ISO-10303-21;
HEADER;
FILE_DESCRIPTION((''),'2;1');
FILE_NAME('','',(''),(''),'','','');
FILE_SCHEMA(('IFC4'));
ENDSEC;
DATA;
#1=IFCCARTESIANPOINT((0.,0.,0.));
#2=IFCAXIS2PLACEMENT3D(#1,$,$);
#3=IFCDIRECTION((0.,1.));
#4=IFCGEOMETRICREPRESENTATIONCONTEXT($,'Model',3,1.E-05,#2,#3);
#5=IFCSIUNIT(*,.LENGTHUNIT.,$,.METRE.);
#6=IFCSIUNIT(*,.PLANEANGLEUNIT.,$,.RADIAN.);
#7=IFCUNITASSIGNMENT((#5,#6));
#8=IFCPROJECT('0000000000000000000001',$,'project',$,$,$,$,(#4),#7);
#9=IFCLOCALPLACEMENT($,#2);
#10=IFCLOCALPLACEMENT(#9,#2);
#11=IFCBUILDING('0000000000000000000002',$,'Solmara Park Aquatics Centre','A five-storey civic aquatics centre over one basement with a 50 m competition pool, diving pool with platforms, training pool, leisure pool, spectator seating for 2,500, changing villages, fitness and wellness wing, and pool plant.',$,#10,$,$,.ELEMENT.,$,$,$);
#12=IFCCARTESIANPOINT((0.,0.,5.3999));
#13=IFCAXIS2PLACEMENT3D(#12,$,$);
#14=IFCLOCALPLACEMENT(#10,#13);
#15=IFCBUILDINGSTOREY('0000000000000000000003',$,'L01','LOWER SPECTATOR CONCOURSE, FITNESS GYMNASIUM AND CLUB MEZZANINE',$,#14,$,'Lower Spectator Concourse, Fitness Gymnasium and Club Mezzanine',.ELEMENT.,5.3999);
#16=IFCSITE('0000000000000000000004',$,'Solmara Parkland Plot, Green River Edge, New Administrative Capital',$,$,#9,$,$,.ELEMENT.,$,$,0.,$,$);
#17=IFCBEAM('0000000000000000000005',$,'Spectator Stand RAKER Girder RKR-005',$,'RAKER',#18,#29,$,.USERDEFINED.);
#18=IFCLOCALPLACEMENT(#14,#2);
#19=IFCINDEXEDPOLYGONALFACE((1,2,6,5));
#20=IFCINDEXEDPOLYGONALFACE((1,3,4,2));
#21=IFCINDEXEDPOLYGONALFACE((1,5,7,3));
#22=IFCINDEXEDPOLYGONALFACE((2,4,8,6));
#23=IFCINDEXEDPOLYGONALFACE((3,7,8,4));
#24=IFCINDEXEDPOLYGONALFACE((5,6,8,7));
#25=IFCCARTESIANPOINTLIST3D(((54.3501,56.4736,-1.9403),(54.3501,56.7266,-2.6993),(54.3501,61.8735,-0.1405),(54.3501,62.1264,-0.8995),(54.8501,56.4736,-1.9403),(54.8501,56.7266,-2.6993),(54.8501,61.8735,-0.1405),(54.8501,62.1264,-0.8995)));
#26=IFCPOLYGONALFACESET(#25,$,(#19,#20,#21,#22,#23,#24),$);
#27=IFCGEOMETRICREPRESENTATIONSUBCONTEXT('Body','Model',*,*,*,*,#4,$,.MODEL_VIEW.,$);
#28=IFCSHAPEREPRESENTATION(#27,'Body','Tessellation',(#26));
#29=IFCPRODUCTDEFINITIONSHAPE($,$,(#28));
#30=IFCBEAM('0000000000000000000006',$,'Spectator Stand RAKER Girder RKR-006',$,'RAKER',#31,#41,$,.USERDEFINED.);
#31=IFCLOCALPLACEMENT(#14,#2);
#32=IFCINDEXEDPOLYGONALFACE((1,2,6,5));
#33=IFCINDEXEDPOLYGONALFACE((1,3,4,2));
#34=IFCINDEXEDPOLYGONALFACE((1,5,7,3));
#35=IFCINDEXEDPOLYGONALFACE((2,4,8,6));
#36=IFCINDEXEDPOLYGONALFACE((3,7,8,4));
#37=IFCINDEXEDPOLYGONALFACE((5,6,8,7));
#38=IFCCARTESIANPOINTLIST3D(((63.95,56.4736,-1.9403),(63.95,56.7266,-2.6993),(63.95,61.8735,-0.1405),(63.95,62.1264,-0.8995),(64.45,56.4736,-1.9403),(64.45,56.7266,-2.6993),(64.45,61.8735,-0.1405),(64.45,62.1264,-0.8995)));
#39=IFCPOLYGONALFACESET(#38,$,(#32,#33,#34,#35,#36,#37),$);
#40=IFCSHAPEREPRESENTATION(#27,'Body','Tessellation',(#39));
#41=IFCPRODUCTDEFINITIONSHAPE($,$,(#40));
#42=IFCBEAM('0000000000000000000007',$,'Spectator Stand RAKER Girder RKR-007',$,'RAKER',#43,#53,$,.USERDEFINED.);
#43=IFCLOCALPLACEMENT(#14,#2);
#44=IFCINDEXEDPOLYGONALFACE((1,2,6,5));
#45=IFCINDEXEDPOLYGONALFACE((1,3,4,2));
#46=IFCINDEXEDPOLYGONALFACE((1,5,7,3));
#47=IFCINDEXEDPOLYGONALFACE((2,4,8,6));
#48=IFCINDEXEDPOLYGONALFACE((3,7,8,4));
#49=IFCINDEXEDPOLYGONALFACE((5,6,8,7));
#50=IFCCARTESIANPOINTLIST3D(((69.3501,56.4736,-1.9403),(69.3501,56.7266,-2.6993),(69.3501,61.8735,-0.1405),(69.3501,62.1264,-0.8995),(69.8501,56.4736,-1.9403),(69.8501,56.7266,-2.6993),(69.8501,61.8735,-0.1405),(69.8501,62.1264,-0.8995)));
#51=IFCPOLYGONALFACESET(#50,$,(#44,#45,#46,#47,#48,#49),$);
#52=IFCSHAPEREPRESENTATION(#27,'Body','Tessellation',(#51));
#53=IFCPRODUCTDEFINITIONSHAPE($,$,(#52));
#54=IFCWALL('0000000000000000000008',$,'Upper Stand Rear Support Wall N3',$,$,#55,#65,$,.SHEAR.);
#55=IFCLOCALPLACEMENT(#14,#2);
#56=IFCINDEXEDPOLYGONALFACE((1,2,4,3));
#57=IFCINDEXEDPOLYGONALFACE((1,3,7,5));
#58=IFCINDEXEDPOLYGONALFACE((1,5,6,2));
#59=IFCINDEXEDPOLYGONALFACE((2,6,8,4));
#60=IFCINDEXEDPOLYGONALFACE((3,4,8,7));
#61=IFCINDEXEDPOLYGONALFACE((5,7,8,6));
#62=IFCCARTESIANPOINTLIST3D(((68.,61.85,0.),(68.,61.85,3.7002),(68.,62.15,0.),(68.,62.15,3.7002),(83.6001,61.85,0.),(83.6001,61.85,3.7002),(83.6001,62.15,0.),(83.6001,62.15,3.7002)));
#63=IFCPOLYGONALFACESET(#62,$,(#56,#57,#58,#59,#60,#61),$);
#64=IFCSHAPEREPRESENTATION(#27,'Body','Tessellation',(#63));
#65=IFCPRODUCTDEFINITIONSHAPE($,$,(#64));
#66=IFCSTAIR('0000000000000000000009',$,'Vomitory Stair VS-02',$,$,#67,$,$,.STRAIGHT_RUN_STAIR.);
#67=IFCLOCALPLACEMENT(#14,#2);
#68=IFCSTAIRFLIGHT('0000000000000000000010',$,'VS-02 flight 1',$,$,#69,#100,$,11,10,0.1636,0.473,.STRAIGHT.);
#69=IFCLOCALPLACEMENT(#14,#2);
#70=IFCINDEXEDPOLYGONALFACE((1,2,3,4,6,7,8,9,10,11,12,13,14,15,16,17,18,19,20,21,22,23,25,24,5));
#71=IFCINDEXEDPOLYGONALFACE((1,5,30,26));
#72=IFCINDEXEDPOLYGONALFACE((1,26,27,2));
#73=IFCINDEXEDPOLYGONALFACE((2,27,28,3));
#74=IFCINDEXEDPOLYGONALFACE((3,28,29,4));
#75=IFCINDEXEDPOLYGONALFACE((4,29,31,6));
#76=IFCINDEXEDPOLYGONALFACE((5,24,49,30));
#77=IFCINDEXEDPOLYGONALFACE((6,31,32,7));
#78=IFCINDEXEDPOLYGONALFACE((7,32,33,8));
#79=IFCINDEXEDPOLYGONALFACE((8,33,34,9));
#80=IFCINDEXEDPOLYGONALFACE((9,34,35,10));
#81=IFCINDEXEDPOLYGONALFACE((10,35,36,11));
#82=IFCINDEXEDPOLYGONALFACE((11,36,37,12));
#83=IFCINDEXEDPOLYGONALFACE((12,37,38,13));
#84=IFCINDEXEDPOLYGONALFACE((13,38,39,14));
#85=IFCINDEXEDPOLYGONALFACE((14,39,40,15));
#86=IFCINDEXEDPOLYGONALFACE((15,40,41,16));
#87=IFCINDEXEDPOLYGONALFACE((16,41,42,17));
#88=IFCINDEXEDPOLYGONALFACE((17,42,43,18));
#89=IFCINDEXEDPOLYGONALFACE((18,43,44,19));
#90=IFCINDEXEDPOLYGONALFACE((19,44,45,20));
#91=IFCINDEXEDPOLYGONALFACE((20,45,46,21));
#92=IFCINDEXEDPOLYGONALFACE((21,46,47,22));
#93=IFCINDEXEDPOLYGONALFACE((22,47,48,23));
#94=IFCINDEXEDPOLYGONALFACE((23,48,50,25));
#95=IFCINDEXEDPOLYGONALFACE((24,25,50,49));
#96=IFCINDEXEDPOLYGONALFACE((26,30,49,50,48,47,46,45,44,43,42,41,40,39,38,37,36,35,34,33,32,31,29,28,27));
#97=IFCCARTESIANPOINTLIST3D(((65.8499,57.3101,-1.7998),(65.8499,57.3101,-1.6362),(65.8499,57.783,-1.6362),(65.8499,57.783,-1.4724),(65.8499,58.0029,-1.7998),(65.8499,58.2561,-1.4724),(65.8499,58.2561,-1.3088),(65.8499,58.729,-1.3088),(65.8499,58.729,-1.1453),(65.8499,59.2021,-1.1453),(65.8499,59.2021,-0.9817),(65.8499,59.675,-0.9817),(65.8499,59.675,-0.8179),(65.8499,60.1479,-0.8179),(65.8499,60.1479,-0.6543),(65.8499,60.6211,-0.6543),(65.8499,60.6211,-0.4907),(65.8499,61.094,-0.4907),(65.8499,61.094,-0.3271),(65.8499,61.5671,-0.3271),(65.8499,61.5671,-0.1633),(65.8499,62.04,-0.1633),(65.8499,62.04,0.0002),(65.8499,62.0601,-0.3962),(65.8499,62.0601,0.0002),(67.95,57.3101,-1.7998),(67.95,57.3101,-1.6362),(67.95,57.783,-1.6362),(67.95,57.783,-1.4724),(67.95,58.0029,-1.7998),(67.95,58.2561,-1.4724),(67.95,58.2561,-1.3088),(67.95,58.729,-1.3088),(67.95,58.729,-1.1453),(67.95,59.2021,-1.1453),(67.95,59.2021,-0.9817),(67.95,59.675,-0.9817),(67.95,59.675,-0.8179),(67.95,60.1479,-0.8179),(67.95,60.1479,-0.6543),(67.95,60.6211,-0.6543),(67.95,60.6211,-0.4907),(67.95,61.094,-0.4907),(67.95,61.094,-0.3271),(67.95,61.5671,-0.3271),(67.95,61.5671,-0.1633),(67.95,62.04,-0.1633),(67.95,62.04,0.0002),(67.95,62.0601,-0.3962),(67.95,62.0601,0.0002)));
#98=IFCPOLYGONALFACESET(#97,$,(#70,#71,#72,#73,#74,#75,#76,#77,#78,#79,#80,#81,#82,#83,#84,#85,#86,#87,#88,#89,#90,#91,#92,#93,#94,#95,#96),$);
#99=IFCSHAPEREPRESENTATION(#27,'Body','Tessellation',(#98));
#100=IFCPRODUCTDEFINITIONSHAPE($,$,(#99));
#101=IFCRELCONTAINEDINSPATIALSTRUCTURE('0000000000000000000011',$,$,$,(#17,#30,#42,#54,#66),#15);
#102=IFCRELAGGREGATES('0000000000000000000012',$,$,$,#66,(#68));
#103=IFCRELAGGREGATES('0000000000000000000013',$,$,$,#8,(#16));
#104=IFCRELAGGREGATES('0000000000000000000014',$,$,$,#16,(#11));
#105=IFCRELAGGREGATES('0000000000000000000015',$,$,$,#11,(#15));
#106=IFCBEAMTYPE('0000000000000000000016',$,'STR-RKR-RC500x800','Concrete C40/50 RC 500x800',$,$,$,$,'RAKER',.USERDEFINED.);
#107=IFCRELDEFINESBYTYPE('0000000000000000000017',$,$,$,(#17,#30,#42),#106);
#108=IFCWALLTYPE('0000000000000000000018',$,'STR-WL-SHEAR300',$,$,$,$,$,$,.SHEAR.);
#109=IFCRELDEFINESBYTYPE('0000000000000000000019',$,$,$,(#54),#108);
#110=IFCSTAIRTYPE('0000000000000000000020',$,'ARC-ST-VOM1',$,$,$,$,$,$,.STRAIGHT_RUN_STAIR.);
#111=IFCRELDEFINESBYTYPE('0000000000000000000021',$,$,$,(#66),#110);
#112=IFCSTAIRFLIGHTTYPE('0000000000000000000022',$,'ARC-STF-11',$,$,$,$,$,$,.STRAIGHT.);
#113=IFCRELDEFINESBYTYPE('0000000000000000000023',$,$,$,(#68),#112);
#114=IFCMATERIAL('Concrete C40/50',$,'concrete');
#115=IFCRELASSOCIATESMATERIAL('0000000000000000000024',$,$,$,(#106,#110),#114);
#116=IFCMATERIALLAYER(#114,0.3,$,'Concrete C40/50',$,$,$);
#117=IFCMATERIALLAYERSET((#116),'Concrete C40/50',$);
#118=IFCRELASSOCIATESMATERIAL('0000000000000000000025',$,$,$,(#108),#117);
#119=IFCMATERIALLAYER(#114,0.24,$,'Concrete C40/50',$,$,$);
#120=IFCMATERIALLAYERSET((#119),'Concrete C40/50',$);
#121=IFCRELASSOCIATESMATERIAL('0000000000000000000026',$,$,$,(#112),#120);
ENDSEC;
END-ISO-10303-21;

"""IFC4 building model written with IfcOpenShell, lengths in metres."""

from ifc_helpers import new_model, si_unit, direction, frame, frame_2d, origin, origin_2d, place, context, subcontext, project, spatial, polyline, rectangle, outline, extrude, material, layer, layer_set, material_profile, profile_set, type_object, element, aggregate, save


model = new_model("IFC4")

# Units and contexts
model_context = context("Model", 3, precision=1e-05, world=origin(), true_north=direction((0.0, 1.0)))
body_context = subcontext(model_context, "Body", "Model", "MODEL_VIEW")
ifc_project = project(units=[si_unit("LENGTHUNIT", "METRE"), si_unit("PLANEANGLEUNIT", "RADIAN")], contexts=[model_context])

# Site, building, storey
site_placement = place(None, origin())
site = spatial("IfcSite", under=ifc_project, at=site_placement, Name="Solmara Parkland Plot, Green River Edge, New Administrative Capital", CompositionType="ELEMENT", RefElevation=0.0)
building_placement = place(site_placement, origin())
building = spatial("IfcBuilding", under=site, at=building_placement, Name="Solmara Park Aquatics Centre", Description="A five-storey civic aquatics centre over one basement with a 50 m competition pool, diving pool with platforms, training pool, leisure pool, spectator seating for 2,500, changing villages, fitness and wellness wing, and pool plant.", CompositionType="ELEMENT")
storey_placement = place(building_placement, frame((0.0, 0.0, 5.3999)))
storey = spatial("IfcBuildingStorey", under=building, at=storey_placement, Name="L01", Description="LOWER SPECTATOR CONCOURSE, FITNESS GYMNASIUM AND CLUB MEZZANINE", LongName="Lower Spectator Concourse, Fitness Gymnasium and Club Mezzanine", CompositionType="ELEMENT", Elevation=5.3999)

# Beams
ifc_material_1 = material(Name="Concrete C40/50", Category="concrete")
ifc_material_profile_1 = material_profile(ifc_material_1, rectangle(XDim=0.5, YDim=0.8, at=origin_2d()), Name="RC 500x800")
ifc_profile_set_1 = profile_set([ifc_material_profile_1], Name="Concrete C40/50")
beam_type_1 = type_object("IfcBeamType", Name="STR-RKR-RC500x800", Description="Concrete C40/50 RC 500x800", ElementType="RAKER", PredefinedType="USERDEFINED", material=ifc_profile_set_1)
for number, where, z_axis, x_axis, name in (
    (1, (54.6001, 56.6001, -2.3198), (0.0, 0.948692, 0.316202), (-1.0, 0.0, 0.0), "Spectator Stand RAKER Girder RKR-005"),
    (2, (64.2, 56.6001, -2.3198), (0.0, 0.948692, 0.316202), (-1.0, 0.0, 0.0), "Spectator Stand RAKER Girder RKR-006"),
    (3, (69.6001, 56.6001, -2.3198), (0.0, 0.948692, 0.316202), (-1.0, 0.0, 0.0), "Spectator Stand RAKER Girder RKR-007"),
):
    element("IfcBeam", number, at=place(storey_placement, frame(where, z_axis=z_axis, x_axis=x_axis)), inside=storey, type_object=beam_type_1, Name=name, ObjectType="RAKER", PredefinedType="USERDEFINED", context=body_context, shape_type="SweptSolid", body=[
        extrude(rectangle(XDim=0.5, YDim=0.8, at=origin_2d()), origin(), (0.0, 0.0, 1.0), 5.6919),
    ])

# Wall
ifc_layer_1 = layer(ifc_material_1, 0.3, Name="Concrete C40/50")
ifc_layer_set_1 = layer_set([ifc_layer_1], Name="Concrete C40/50")
wall_type = type_object("IfcWallType", Name="STR-WL-SHEAR300", PredefinedType="SHEAR", material=ifc_layer_set_1)
wall_placement = place(storey_placement, frame((68.0, 62.0, 0.0), z_axis=(0.0, 0.0, 1.0), x_axis=(1.0, 0.0, 0.0)))
element("IfcWall", 4, at=wall_placement, inside=storey, type_object=wall_type, Name="Upper Stand Rear Support Wall N3", PredefinedType="SHEAR", context=body_context, shape_type="SweptSolid", body=[
    extrude(rectangle(XDim=15.6001, YDim=0.3, at=frame_2d((7.8, 0.0))), origin(), (0.0, 0.0, 1.0), 3.7002),
])

# Stair, stair flight
stair_type = type_object("IfcStairType", Name="ARC-ST-VOM1", PredefinedType="STRAIGHT_RUN_STAIR", material=ifc_material_1)
stair_placement = place(storey_placement, origin())
stair = element("IfcStair", 5, at=stair_placement, inside=storey, type_object=stair_type, Name="Vomitory Stair VS-02", PredefinedType="STRAIGHT_RUN_STAIR")
ifc_layer_2 = layer(ifc_material_1, 0.24, Name="Concrete C40/50")
ifc_layer_set_2 = layer_set([ifc_layer_2], Name="Concrete C40/50")
stair_flight_type = type_object("IfcStairFlightType", Name="ARC-STF-11", PredefinedType="STRAIGHT", material=ifc_layer_set_2)
stair_flight_placement = place(storey_placement, frame((66.8999, 57.3101, -1.7998), z_axis=(0.0, 0.0, 1.0), x_axis=(0.0, 1.0, 0.0)))
stair_flight = element("IfcStairFlight", 6, at=stair_flight_placement, type_object=stair_flight_type, Name="VS-02 flight 1", NumberOfRisers=11, NumberOfTreads=10, PredefinedType="STRAIGHT", RiserHeight=0.1636, TreadLength=0.473, context=body_context, shape_type="SweptSolid", body=[
    extrude(outline(polyline([(0.0, 0.0), (0.0, 0.1636), (0.4729, 0.1636), (0.4729, 0.3274), (0.946, 0.3274), (0.946, 0.491), (1.4189, 0.491), (1.4189, 0.6545), (1.8921, 0.6545), (1.8921, 0.8181), (2.365, 0.8181), (2.365, 0.9819), (2.8379, 0.9819), (2.8379, 1.1455), (3.311, 1.1455), (3.311, 1.3091), (3.7839, 1.3091), (3.7839, 1.4727), (4.2571, 1.4727), (4.2571, 1.6365), (4.73, 1.6365), (4.73, 1.8), (4.75, 1.8), (4.75, 1.4036), (0.6929, 0.0), (0.0, 0.0)])), frame((0.0, 1.05, 0.0), z_axis=(0.0, -1.0, 0.0), x_axis=(1.0, 0.0, 0.0)), (0.0, 0.0, 1.0), 2.1001),
])
aggregate(stair, [stair_flight])

save(model, "model.ifc")
